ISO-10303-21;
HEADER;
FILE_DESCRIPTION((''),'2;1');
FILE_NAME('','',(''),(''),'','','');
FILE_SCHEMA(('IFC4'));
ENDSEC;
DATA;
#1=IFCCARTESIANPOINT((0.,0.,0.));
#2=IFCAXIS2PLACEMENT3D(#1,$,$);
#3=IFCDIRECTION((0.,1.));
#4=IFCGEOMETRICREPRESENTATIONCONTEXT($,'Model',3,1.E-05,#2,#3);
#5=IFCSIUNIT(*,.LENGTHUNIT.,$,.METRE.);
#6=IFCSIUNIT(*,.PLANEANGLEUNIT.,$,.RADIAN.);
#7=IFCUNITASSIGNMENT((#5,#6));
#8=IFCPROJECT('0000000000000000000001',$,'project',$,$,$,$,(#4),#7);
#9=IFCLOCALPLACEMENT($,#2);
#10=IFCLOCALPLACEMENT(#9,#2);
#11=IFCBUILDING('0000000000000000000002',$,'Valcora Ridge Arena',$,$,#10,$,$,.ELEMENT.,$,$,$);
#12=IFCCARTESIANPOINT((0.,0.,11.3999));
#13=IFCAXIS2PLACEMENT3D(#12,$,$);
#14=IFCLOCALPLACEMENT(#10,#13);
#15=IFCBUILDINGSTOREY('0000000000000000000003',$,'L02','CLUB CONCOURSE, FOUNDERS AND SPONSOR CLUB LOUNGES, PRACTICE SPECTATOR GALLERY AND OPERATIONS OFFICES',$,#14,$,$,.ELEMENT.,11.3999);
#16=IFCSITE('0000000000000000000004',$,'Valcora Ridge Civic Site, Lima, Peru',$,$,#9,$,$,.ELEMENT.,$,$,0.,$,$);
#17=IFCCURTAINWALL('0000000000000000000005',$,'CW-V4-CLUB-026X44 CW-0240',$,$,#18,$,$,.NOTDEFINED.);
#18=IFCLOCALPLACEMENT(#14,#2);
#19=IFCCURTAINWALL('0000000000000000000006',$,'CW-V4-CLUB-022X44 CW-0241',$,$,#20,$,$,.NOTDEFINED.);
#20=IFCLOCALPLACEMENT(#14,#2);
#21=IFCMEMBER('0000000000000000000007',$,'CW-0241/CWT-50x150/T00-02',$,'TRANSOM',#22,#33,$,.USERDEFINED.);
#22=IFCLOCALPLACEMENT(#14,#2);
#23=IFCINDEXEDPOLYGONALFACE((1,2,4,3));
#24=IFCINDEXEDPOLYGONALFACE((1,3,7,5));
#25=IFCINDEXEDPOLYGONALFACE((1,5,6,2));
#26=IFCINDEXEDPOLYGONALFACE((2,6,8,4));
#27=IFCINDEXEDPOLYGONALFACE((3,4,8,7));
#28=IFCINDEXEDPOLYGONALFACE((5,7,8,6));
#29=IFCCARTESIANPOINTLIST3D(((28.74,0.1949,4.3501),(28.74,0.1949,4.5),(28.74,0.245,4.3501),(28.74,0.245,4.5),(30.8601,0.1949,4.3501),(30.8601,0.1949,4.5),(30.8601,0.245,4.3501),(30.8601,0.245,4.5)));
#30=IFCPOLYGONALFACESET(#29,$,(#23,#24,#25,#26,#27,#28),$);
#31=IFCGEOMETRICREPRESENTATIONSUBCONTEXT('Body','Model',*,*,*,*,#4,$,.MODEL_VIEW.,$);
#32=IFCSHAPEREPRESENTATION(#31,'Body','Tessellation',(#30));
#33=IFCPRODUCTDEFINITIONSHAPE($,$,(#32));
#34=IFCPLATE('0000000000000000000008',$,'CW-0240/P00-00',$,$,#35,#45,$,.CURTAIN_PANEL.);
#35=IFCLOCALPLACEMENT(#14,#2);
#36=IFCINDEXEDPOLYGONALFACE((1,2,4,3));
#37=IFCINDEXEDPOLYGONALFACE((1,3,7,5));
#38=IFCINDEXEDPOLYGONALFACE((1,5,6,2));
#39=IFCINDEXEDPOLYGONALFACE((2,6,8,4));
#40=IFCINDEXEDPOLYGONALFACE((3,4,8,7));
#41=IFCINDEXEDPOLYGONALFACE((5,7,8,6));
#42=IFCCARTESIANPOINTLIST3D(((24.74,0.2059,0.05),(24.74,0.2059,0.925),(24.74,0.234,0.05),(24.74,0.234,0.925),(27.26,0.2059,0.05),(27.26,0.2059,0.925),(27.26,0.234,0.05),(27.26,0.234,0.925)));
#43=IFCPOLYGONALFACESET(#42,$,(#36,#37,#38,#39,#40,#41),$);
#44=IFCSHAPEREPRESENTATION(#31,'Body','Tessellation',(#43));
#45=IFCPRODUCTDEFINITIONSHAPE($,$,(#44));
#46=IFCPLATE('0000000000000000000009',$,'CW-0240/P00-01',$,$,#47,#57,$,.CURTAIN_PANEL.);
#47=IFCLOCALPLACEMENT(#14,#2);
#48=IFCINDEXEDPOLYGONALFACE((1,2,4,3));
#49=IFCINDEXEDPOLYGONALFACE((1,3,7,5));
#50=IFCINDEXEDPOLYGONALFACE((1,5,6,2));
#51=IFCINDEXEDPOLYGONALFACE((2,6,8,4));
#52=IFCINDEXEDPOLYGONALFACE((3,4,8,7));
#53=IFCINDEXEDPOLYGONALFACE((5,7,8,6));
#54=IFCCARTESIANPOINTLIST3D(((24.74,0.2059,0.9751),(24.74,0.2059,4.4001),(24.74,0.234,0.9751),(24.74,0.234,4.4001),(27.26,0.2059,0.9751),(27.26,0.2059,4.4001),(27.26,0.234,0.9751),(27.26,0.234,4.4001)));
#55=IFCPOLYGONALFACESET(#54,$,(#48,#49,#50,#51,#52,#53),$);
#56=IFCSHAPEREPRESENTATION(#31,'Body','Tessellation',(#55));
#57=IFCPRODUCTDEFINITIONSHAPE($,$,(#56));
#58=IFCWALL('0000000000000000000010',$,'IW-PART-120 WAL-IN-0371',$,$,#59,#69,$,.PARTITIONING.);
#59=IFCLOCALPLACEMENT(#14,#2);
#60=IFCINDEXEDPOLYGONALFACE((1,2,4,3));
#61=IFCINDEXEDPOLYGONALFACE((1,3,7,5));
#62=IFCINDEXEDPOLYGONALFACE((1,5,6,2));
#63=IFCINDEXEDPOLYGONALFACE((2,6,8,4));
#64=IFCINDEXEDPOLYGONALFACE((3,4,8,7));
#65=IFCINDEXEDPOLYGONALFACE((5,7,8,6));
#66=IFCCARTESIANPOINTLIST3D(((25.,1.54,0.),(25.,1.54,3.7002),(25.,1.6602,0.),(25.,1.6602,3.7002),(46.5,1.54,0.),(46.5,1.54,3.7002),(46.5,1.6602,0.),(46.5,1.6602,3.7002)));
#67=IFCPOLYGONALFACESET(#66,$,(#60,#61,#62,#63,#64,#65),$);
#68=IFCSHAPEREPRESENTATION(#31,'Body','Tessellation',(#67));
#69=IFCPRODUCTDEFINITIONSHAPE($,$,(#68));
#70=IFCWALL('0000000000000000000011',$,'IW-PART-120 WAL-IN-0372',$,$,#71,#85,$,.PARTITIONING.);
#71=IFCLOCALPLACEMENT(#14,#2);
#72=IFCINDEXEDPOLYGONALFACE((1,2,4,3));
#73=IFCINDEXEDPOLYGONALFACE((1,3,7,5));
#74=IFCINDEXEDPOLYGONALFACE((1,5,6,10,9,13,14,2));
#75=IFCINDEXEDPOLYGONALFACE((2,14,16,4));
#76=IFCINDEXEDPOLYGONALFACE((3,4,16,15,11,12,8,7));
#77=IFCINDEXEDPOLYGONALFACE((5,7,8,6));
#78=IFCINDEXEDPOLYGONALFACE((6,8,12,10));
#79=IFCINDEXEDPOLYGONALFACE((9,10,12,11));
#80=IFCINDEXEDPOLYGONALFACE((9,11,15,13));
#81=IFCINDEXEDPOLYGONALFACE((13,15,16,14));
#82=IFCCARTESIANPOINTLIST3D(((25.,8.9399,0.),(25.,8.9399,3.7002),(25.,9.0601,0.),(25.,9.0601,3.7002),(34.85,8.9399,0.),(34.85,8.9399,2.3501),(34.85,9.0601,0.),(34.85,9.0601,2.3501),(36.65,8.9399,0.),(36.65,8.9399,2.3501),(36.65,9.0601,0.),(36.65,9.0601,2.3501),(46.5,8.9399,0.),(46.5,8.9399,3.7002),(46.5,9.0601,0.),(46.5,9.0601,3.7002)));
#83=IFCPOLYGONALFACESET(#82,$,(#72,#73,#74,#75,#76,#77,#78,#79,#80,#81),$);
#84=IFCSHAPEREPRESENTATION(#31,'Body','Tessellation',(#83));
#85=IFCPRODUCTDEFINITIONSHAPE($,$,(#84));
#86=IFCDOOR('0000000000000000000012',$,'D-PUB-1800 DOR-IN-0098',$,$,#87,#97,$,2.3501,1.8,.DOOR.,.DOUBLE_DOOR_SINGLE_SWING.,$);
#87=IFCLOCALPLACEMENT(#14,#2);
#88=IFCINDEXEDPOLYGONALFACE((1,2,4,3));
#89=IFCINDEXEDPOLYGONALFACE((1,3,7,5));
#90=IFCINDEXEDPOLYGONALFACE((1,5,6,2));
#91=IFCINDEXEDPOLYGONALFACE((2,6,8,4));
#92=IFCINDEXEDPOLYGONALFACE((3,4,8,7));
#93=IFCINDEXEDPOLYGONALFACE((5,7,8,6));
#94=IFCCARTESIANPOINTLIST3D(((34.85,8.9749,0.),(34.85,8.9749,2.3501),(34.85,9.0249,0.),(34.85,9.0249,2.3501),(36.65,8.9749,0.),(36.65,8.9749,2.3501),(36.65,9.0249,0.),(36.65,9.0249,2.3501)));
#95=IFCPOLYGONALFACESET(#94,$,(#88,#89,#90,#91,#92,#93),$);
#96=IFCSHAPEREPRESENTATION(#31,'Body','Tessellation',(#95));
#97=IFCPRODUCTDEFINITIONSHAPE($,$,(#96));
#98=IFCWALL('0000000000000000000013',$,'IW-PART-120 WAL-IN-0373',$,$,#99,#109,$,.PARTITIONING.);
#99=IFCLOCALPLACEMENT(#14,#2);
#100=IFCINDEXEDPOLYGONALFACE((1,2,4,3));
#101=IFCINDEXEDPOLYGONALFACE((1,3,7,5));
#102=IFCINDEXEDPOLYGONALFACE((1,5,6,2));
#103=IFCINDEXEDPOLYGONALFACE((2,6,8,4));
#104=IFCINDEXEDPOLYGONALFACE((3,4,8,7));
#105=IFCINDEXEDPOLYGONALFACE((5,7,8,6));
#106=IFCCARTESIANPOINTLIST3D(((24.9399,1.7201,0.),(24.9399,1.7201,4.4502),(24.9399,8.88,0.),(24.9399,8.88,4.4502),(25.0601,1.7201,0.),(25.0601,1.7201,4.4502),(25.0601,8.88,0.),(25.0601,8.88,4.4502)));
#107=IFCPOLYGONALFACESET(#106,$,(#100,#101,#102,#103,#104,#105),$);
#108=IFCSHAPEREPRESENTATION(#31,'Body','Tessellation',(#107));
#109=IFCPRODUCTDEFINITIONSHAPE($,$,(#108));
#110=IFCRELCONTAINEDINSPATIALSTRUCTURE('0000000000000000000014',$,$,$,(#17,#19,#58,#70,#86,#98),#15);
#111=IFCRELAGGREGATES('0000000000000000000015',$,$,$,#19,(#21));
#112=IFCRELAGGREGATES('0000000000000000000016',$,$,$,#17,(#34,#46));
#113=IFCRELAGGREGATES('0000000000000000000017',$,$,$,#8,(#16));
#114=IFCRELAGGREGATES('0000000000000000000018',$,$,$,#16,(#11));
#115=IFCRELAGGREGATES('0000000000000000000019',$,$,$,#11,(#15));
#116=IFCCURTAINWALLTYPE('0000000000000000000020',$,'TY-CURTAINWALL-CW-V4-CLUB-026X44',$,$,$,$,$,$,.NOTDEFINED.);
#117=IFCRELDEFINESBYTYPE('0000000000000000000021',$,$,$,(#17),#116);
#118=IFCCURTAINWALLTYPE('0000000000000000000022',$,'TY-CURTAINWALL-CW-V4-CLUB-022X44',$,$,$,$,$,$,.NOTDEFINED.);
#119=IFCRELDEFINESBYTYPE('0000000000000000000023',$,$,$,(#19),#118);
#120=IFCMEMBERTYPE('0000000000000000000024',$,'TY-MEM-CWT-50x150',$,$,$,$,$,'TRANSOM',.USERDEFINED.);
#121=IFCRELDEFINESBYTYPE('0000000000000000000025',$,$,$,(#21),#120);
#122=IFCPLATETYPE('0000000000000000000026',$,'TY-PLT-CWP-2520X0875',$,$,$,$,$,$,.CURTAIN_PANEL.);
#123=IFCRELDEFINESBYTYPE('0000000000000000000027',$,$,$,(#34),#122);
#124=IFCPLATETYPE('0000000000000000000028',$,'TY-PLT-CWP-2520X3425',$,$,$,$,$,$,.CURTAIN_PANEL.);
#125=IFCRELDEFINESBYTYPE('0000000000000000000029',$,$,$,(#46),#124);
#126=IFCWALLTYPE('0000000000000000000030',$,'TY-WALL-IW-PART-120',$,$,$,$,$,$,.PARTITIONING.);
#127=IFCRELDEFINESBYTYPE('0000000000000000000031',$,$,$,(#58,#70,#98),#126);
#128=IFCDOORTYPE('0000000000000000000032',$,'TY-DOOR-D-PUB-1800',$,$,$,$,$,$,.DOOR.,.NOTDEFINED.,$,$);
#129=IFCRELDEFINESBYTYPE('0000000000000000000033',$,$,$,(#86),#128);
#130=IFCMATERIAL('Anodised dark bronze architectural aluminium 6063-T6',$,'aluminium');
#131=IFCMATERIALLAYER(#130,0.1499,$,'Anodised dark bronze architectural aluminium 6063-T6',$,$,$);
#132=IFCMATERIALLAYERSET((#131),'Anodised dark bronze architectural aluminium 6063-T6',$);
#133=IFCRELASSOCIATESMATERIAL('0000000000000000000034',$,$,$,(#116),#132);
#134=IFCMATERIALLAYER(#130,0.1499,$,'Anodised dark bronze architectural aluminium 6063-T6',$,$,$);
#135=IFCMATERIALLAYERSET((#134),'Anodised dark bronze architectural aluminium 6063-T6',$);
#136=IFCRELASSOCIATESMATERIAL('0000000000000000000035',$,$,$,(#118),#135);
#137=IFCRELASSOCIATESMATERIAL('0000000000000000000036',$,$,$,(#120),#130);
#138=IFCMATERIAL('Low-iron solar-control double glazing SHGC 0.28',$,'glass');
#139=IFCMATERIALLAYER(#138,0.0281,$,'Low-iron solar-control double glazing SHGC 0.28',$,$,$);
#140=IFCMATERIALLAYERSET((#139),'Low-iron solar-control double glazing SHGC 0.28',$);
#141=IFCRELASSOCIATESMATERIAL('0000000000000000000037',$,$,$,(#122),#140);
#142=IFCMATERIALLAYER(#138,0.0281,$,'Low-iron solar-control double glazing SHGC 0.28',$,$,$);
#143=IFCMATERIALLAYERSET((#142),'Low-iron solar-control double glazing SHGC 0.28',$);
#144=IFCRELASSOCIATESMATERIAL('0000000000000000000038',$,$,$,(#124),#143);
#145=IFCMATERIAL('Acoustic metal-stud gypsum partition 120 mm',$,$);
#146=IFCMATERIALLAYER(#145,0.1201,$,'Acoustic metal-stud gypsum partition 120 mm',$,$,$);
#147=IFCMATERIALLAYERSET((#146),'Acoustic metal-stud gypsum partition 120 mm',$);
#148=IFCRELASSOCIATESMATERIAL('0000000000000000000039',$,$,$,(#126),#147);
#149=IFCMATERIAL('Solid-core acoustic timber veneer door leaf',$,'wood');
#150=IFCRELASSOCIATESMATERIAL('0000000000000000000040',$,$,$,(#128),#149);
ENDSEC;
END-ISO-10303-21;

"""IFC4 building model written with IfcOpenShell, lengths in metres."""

from ifc_helpers import new_model, si_unit, direction, frame, frame_2d, origin, origin_2d, place, context, subcontext, project, spatial, rectangle, extrude, material, layer, layer_set, material_profile, profile_set, type_object, element, fill, aggregate, save


model = new_model("IFC4")

# Units and contexts
model_context = context("Model", 3, precision=1e-05, world=origin(), true_north=direction((0.0, 1.0)))
body_context = subcontext(model_context, "Body", "Model", "MODEL_VIEW")
ifc_project = project(units=[si_unit("LENGTHUNIT", "METRE"), si_unit("PLANEANGLEUNIT", "RADIAN")], contexts=[model_context])

# Site, building, storey
site_placement = place(None, origin())
site = spatial("IfcSite", under=ifc_project, at=site_placement, Name="Valcora Ridge Civic Site, Lima, Peru", CompositionType="ELEMENT", RefElevation=0.0)
building_placement = place(site_placement, origin())
building = spatial("IfcBuilding", under=site, at=building_placement, Name="Valcora Ridge Arena", CompositionType="ELEMENT")
storey_placement = place(building_placement, frame((0.0, 0.0, 11.3999)))
storey = spatial("IfcBuildingStorey", under=building, at=storey_placement, Name="L02", Description="CLUB CONCOURSE, FOUNDERS AND SPONSOR CLUB LOUNGES, PRACTICE SPECTATOR GALLERY AND OPERATIONS OFFICES", CompositionType="ELEMENT", Elevation=11.3999)

# Curtain wall
ifc_material_1 = material(Name="Anodised dark bronze architectural aluminium 6063-T6", Category="aluminium")
ifc_layer_1 = layer(ifc_material_1, 0.1499, Name="Anodised dark bronze architectural aluminium 6063-T6")
ifc_layer_set_1 = layer_set([ifc_layer_1], Name="Anodised dark bronze architectural aluminium 6063-T6")
curtain_wall_type_1 = type_object("IfcCurtainWallType", Name="TY-CURTAINWALL-CW-V4-CLUB-026X44", PredefinedType="NOTDEFINED", material=ifc_layer_set_1)
curtain_wall_1_placement = place(storey_placement, origin())
curtain_wall_1 = element("IfcCurtainWall", 1, at=curtain_wall_1_placement, inside=storey, type_object=curtain_wall_type_1, Name="CW-V4-CLUB-026X44 CW-0240", PredefinedType="NOTDEFINED")

# Curtain wall
ifc_layer_2 = layer(ifc_material_1, 0.1499, Name="Anodised dark bronze architectural aluminium 6063-T6")
ifc_layer_set_2 = layer_set([ifc_layer_2], Name="Anodised dark bronze architectural aluminium 6063-T6")
curtain_wall_type_2 = type_object("IfcCurtainWallType", Name="TY-CURTAINWALL-CW-V4-CLUB-022X44", PredefinedType="NOTDEFINED", material=ifc_layer_set_2)
curtain_wall_2_placement = place(storey_placement, origin())
curtain_wall_2 = element("IfcCurtainWall", 2, at=curtain_wall_2_placement, inside=storey, type_object=curtain_wall_type_2, Name="CW-V4-CLUB-022X44 CW-0241", PredefinedType="NOTDEFINED")

# Member
ifc_material_profile_1 = material_profile(ifc_material_1, rectangle(XDim=0.05, YDim=0.1499, at=origin_2d()), Name="ALU TRANSOM 50x150")
ifc_profile_set_1 = profile_set([ifc_material_profile_1], Name="Anodised dark bronze architectural aluminium 6063-T6")
member_type_1 = type_object("IfcMemberType", Name="TY-MEM-CWT-50x150", ElementType="TRANSOM", PredefinedType="USERDEFINED", material=ifc_profile_set_1)
member_1_placement = place(storey_placement, frame((28.74, 0.22, 4.425), z_axis=(1.0, 0.0, 0.0), x_axis=(0.0, 1.0, 0.0)))
member_1 = element("IfcMember", 3, at=member_1_placement, type_object=member_type_1, Name="CW-0241/CWT-50x150/T00-02", ObjectType="TRANSOM", PredefinedType="USERDEFINED", context=body_context, shape_type="SweptSolid", body=[
    extrude(rectangle(XDim=0.05, YDim=0.1499, at=origin_2d()), origin(), (0.0, 0.0, 1.0), 2.1201),
])
aggregate(curtain_wall_2, [member_1])

# Plates
ifc_material_2 = material(Name="Low-iron solar-control double glazing SHGC 0.28", Category="glass")
ifc_layer_3 = layer(ifc_material_2, 0.0281, Name="Low-iron solar-control double glazing SHGC 0.28")
ifc_layer_set_3 = layer_set([ifc_layer_3], Name="Low-iron solar-control double glazing SHGC 0.28")
plate_type_1 = type_object("IfcPlateType", Name="TY-PLT-CWP-2520X0875", PredefinedType="CURTAIN_PANEL", material=ifc_layer_set_3)
plate_1_placement = place(storey_placement, frame((26.0, 0.22, 0.05), z_axis=(0.0, 0.0, 1.0), x_axis=(1.0, 0.0, 0.0)))
plate_1 = element("IfcPlate", 4, at=plate_1_placement, type_object=plate_type_1, Name="CW-0240/P00-00", PredefinedType="CURTAIN_PANEL", context=body_context, shape_type="SweptSolid", body=[
    extrude(rectangle(XDim=2.52, YDim=0.0281, at=origin_2d()), origin(), (0.0, 0.0, 1.0), 0.875),
])
ifc_layer_4 = layer(ifc_material_2, 0.0281, Name="Low-iron solar-control double glazing SHGC 0.28")
ifc_layer_set_4 = layer_set([ifc_layer_4], Name="Low-iron solar-control double glazing SHGC 0.28")
plate_type_2 = type_object("IfcPlateType", Name="TY-PLT-CWP-2520X3425", PredefinedType="CURTAIN_PANEL", material=ifc_layer_set_4)
plate_2_placement = place(storey_placement, frame((26.0, 0.22, 0.9751), z_axis=(0.0, 0.0, 1.0), x_axis=(1.0, 0.0, 0.0)))
plate_2 = element("IfcPlate", 5, at=plate_2_placement, type_object=plate_type_2, Name="CW-0240/P00-01", PredefinedType="CURTAIN_PANEL", context=body_context, shape_type="SweptSolid", body=[
    extrude(rectangle(XDim=2.52, YDim=0.0281, at=origin_2d()), origin(), (0.0, 0.0, 1.0), 3.425),
])
aggregate(curtain_wall_1, [plate_1, plate_2])

# Wall
ifc_material_3 = material(Name="Acoustic metal-stud gypsum partition 120 mm")
ifc_layer_5 = layer(ifc_material_3, 0.1201, Name="Acoustic metal-stud gypsum partition 120 mm")
ifc_layer_set_5 = layer_set([ifc_layer_5], Name="Acoustic metal-stud gypsum partition 120 mm")
wall_type = type_object("IfcWallType", Name="TY-WALL-IW-PART-120", PredefinedType="PARTITIONING", material=ifc_layer_set_5)
wall_1_placement = place(storey_placement, frame((25.0, 1.6001, 0.0), z_axis=(0.0, 0.0, 1.0), x_axis=(1.0, 0.0, 0.0)))
element("IfcWall", 6, at=wall_1_placement, inside=storey, type_object=wall_type, Name="IW-PART-120 WAL-IN-0371", PredefinedType="PARTITIONING", context=body_context, shape_type="SweptSolid", body=[
    extrude(rectangle(XDim=21.5, YDim=0.1201, at=frame_2d((10.75, 0.0))), origin(), (0.0, 0.0, 1.0), 3.7002),
])

# Wall, opening, door
wall_2_placement = place(storey_placement, frame((25.0, 9.0, 0.0), z_axis=(0.0, 0.0, 1.0), x_axis=(1.0, 0.0, 0.0)))
wall_2 = element("IfcWall", 7, at=wall_2_placement, inside=storey, type_object=wall_type, Name="IW-PART-120 WAL-IN-0372", PredefinedType="PARTITIONING", context=body_context, shape_type="SweptSolid", body=[
    extrude(rectangle(XDim=21.5, YDim=0.1201, at=frame_2d((10.75, 0.0))), origin(), (0.0, 0.0, 1.0), 3.7002),
])
opening_placement = place(wall_2_placement, frame((9.8501, 0.0, 0.0)))
opening = element("IfcOpeningElement", 8, at=opening_placement, cuts=wall_2, PredefinedType="OPENING", context=body_context, shape_type="SweptSolid", body=[
    extrude(rectangle(XDim=1.8, YDim=2.3501, at=frame_2d((0.8999, 1.175))), frame((0.0, 0.0701, 0.0), z_axis=(0.0, -1.0, 0.0), x_axis=(1.0, 0.0, 0.0)), (0.0, 0.0, 1.0), 0.1401),
])
ifc_material_4 = material(Name="Solid-core acoustic timber veneer door leaf", Category="wood")
door_type = type_object("IfcDoorType", Name="TY-DOOR-D-PUB-1800", OperationType="NOTDEFINED", PredefinedType="DOOR", material=ifc_material_4)
door_placement = place(opening_placement, origin())
door = element("IfcDoor", 9, at=door_placement, inside=storey, type_object=door_type, Name="D-PUB-1800 DOR-IN-0098", OperationType="DOUBLE_DOOR_SINGLE_SWING", OverallHeight=2.3501, OverallWidth=1.8, PredefinedType="DOOR", context=body_context, shape_type="SweptSolid", body=[
    extrude(rectangle(XDim=1.8, YDim=2.3501, at=frame_2d((0.8999, 1.175))), frame((0.0, 0.0249, 0.0), z_axis=(0.0, -1.0, 0.0), x_axis=(1.0, 0.0, 0.0)), (0.0, 0.0, 1.0), 0.05),
])
fill(opening, door)

# Wall
wall_3_placement = place(storey_placement, frame((25.0, 1.72, 0.0), z_axis=(0.0, 0.0, 1.0), x_axis=(0.0, 1.0, 0.0)))
element("IfcWall", 10, at=wall_3_placement, inside=storey, type_object=wall_type, Name="IW-PART-120 WAL-IN-0373", PredefinedType="PARTITIONING", context=body_context, shape_type="SweptSolid", body=[
    extrude(rectangle(XDim=7.1599, YDim=0.1201, at=frame_2d((3.5801, 0.0))), origin(), (0.0, 0.0, 1.0), 4.4502),
])

save(model, "model.ifc")
